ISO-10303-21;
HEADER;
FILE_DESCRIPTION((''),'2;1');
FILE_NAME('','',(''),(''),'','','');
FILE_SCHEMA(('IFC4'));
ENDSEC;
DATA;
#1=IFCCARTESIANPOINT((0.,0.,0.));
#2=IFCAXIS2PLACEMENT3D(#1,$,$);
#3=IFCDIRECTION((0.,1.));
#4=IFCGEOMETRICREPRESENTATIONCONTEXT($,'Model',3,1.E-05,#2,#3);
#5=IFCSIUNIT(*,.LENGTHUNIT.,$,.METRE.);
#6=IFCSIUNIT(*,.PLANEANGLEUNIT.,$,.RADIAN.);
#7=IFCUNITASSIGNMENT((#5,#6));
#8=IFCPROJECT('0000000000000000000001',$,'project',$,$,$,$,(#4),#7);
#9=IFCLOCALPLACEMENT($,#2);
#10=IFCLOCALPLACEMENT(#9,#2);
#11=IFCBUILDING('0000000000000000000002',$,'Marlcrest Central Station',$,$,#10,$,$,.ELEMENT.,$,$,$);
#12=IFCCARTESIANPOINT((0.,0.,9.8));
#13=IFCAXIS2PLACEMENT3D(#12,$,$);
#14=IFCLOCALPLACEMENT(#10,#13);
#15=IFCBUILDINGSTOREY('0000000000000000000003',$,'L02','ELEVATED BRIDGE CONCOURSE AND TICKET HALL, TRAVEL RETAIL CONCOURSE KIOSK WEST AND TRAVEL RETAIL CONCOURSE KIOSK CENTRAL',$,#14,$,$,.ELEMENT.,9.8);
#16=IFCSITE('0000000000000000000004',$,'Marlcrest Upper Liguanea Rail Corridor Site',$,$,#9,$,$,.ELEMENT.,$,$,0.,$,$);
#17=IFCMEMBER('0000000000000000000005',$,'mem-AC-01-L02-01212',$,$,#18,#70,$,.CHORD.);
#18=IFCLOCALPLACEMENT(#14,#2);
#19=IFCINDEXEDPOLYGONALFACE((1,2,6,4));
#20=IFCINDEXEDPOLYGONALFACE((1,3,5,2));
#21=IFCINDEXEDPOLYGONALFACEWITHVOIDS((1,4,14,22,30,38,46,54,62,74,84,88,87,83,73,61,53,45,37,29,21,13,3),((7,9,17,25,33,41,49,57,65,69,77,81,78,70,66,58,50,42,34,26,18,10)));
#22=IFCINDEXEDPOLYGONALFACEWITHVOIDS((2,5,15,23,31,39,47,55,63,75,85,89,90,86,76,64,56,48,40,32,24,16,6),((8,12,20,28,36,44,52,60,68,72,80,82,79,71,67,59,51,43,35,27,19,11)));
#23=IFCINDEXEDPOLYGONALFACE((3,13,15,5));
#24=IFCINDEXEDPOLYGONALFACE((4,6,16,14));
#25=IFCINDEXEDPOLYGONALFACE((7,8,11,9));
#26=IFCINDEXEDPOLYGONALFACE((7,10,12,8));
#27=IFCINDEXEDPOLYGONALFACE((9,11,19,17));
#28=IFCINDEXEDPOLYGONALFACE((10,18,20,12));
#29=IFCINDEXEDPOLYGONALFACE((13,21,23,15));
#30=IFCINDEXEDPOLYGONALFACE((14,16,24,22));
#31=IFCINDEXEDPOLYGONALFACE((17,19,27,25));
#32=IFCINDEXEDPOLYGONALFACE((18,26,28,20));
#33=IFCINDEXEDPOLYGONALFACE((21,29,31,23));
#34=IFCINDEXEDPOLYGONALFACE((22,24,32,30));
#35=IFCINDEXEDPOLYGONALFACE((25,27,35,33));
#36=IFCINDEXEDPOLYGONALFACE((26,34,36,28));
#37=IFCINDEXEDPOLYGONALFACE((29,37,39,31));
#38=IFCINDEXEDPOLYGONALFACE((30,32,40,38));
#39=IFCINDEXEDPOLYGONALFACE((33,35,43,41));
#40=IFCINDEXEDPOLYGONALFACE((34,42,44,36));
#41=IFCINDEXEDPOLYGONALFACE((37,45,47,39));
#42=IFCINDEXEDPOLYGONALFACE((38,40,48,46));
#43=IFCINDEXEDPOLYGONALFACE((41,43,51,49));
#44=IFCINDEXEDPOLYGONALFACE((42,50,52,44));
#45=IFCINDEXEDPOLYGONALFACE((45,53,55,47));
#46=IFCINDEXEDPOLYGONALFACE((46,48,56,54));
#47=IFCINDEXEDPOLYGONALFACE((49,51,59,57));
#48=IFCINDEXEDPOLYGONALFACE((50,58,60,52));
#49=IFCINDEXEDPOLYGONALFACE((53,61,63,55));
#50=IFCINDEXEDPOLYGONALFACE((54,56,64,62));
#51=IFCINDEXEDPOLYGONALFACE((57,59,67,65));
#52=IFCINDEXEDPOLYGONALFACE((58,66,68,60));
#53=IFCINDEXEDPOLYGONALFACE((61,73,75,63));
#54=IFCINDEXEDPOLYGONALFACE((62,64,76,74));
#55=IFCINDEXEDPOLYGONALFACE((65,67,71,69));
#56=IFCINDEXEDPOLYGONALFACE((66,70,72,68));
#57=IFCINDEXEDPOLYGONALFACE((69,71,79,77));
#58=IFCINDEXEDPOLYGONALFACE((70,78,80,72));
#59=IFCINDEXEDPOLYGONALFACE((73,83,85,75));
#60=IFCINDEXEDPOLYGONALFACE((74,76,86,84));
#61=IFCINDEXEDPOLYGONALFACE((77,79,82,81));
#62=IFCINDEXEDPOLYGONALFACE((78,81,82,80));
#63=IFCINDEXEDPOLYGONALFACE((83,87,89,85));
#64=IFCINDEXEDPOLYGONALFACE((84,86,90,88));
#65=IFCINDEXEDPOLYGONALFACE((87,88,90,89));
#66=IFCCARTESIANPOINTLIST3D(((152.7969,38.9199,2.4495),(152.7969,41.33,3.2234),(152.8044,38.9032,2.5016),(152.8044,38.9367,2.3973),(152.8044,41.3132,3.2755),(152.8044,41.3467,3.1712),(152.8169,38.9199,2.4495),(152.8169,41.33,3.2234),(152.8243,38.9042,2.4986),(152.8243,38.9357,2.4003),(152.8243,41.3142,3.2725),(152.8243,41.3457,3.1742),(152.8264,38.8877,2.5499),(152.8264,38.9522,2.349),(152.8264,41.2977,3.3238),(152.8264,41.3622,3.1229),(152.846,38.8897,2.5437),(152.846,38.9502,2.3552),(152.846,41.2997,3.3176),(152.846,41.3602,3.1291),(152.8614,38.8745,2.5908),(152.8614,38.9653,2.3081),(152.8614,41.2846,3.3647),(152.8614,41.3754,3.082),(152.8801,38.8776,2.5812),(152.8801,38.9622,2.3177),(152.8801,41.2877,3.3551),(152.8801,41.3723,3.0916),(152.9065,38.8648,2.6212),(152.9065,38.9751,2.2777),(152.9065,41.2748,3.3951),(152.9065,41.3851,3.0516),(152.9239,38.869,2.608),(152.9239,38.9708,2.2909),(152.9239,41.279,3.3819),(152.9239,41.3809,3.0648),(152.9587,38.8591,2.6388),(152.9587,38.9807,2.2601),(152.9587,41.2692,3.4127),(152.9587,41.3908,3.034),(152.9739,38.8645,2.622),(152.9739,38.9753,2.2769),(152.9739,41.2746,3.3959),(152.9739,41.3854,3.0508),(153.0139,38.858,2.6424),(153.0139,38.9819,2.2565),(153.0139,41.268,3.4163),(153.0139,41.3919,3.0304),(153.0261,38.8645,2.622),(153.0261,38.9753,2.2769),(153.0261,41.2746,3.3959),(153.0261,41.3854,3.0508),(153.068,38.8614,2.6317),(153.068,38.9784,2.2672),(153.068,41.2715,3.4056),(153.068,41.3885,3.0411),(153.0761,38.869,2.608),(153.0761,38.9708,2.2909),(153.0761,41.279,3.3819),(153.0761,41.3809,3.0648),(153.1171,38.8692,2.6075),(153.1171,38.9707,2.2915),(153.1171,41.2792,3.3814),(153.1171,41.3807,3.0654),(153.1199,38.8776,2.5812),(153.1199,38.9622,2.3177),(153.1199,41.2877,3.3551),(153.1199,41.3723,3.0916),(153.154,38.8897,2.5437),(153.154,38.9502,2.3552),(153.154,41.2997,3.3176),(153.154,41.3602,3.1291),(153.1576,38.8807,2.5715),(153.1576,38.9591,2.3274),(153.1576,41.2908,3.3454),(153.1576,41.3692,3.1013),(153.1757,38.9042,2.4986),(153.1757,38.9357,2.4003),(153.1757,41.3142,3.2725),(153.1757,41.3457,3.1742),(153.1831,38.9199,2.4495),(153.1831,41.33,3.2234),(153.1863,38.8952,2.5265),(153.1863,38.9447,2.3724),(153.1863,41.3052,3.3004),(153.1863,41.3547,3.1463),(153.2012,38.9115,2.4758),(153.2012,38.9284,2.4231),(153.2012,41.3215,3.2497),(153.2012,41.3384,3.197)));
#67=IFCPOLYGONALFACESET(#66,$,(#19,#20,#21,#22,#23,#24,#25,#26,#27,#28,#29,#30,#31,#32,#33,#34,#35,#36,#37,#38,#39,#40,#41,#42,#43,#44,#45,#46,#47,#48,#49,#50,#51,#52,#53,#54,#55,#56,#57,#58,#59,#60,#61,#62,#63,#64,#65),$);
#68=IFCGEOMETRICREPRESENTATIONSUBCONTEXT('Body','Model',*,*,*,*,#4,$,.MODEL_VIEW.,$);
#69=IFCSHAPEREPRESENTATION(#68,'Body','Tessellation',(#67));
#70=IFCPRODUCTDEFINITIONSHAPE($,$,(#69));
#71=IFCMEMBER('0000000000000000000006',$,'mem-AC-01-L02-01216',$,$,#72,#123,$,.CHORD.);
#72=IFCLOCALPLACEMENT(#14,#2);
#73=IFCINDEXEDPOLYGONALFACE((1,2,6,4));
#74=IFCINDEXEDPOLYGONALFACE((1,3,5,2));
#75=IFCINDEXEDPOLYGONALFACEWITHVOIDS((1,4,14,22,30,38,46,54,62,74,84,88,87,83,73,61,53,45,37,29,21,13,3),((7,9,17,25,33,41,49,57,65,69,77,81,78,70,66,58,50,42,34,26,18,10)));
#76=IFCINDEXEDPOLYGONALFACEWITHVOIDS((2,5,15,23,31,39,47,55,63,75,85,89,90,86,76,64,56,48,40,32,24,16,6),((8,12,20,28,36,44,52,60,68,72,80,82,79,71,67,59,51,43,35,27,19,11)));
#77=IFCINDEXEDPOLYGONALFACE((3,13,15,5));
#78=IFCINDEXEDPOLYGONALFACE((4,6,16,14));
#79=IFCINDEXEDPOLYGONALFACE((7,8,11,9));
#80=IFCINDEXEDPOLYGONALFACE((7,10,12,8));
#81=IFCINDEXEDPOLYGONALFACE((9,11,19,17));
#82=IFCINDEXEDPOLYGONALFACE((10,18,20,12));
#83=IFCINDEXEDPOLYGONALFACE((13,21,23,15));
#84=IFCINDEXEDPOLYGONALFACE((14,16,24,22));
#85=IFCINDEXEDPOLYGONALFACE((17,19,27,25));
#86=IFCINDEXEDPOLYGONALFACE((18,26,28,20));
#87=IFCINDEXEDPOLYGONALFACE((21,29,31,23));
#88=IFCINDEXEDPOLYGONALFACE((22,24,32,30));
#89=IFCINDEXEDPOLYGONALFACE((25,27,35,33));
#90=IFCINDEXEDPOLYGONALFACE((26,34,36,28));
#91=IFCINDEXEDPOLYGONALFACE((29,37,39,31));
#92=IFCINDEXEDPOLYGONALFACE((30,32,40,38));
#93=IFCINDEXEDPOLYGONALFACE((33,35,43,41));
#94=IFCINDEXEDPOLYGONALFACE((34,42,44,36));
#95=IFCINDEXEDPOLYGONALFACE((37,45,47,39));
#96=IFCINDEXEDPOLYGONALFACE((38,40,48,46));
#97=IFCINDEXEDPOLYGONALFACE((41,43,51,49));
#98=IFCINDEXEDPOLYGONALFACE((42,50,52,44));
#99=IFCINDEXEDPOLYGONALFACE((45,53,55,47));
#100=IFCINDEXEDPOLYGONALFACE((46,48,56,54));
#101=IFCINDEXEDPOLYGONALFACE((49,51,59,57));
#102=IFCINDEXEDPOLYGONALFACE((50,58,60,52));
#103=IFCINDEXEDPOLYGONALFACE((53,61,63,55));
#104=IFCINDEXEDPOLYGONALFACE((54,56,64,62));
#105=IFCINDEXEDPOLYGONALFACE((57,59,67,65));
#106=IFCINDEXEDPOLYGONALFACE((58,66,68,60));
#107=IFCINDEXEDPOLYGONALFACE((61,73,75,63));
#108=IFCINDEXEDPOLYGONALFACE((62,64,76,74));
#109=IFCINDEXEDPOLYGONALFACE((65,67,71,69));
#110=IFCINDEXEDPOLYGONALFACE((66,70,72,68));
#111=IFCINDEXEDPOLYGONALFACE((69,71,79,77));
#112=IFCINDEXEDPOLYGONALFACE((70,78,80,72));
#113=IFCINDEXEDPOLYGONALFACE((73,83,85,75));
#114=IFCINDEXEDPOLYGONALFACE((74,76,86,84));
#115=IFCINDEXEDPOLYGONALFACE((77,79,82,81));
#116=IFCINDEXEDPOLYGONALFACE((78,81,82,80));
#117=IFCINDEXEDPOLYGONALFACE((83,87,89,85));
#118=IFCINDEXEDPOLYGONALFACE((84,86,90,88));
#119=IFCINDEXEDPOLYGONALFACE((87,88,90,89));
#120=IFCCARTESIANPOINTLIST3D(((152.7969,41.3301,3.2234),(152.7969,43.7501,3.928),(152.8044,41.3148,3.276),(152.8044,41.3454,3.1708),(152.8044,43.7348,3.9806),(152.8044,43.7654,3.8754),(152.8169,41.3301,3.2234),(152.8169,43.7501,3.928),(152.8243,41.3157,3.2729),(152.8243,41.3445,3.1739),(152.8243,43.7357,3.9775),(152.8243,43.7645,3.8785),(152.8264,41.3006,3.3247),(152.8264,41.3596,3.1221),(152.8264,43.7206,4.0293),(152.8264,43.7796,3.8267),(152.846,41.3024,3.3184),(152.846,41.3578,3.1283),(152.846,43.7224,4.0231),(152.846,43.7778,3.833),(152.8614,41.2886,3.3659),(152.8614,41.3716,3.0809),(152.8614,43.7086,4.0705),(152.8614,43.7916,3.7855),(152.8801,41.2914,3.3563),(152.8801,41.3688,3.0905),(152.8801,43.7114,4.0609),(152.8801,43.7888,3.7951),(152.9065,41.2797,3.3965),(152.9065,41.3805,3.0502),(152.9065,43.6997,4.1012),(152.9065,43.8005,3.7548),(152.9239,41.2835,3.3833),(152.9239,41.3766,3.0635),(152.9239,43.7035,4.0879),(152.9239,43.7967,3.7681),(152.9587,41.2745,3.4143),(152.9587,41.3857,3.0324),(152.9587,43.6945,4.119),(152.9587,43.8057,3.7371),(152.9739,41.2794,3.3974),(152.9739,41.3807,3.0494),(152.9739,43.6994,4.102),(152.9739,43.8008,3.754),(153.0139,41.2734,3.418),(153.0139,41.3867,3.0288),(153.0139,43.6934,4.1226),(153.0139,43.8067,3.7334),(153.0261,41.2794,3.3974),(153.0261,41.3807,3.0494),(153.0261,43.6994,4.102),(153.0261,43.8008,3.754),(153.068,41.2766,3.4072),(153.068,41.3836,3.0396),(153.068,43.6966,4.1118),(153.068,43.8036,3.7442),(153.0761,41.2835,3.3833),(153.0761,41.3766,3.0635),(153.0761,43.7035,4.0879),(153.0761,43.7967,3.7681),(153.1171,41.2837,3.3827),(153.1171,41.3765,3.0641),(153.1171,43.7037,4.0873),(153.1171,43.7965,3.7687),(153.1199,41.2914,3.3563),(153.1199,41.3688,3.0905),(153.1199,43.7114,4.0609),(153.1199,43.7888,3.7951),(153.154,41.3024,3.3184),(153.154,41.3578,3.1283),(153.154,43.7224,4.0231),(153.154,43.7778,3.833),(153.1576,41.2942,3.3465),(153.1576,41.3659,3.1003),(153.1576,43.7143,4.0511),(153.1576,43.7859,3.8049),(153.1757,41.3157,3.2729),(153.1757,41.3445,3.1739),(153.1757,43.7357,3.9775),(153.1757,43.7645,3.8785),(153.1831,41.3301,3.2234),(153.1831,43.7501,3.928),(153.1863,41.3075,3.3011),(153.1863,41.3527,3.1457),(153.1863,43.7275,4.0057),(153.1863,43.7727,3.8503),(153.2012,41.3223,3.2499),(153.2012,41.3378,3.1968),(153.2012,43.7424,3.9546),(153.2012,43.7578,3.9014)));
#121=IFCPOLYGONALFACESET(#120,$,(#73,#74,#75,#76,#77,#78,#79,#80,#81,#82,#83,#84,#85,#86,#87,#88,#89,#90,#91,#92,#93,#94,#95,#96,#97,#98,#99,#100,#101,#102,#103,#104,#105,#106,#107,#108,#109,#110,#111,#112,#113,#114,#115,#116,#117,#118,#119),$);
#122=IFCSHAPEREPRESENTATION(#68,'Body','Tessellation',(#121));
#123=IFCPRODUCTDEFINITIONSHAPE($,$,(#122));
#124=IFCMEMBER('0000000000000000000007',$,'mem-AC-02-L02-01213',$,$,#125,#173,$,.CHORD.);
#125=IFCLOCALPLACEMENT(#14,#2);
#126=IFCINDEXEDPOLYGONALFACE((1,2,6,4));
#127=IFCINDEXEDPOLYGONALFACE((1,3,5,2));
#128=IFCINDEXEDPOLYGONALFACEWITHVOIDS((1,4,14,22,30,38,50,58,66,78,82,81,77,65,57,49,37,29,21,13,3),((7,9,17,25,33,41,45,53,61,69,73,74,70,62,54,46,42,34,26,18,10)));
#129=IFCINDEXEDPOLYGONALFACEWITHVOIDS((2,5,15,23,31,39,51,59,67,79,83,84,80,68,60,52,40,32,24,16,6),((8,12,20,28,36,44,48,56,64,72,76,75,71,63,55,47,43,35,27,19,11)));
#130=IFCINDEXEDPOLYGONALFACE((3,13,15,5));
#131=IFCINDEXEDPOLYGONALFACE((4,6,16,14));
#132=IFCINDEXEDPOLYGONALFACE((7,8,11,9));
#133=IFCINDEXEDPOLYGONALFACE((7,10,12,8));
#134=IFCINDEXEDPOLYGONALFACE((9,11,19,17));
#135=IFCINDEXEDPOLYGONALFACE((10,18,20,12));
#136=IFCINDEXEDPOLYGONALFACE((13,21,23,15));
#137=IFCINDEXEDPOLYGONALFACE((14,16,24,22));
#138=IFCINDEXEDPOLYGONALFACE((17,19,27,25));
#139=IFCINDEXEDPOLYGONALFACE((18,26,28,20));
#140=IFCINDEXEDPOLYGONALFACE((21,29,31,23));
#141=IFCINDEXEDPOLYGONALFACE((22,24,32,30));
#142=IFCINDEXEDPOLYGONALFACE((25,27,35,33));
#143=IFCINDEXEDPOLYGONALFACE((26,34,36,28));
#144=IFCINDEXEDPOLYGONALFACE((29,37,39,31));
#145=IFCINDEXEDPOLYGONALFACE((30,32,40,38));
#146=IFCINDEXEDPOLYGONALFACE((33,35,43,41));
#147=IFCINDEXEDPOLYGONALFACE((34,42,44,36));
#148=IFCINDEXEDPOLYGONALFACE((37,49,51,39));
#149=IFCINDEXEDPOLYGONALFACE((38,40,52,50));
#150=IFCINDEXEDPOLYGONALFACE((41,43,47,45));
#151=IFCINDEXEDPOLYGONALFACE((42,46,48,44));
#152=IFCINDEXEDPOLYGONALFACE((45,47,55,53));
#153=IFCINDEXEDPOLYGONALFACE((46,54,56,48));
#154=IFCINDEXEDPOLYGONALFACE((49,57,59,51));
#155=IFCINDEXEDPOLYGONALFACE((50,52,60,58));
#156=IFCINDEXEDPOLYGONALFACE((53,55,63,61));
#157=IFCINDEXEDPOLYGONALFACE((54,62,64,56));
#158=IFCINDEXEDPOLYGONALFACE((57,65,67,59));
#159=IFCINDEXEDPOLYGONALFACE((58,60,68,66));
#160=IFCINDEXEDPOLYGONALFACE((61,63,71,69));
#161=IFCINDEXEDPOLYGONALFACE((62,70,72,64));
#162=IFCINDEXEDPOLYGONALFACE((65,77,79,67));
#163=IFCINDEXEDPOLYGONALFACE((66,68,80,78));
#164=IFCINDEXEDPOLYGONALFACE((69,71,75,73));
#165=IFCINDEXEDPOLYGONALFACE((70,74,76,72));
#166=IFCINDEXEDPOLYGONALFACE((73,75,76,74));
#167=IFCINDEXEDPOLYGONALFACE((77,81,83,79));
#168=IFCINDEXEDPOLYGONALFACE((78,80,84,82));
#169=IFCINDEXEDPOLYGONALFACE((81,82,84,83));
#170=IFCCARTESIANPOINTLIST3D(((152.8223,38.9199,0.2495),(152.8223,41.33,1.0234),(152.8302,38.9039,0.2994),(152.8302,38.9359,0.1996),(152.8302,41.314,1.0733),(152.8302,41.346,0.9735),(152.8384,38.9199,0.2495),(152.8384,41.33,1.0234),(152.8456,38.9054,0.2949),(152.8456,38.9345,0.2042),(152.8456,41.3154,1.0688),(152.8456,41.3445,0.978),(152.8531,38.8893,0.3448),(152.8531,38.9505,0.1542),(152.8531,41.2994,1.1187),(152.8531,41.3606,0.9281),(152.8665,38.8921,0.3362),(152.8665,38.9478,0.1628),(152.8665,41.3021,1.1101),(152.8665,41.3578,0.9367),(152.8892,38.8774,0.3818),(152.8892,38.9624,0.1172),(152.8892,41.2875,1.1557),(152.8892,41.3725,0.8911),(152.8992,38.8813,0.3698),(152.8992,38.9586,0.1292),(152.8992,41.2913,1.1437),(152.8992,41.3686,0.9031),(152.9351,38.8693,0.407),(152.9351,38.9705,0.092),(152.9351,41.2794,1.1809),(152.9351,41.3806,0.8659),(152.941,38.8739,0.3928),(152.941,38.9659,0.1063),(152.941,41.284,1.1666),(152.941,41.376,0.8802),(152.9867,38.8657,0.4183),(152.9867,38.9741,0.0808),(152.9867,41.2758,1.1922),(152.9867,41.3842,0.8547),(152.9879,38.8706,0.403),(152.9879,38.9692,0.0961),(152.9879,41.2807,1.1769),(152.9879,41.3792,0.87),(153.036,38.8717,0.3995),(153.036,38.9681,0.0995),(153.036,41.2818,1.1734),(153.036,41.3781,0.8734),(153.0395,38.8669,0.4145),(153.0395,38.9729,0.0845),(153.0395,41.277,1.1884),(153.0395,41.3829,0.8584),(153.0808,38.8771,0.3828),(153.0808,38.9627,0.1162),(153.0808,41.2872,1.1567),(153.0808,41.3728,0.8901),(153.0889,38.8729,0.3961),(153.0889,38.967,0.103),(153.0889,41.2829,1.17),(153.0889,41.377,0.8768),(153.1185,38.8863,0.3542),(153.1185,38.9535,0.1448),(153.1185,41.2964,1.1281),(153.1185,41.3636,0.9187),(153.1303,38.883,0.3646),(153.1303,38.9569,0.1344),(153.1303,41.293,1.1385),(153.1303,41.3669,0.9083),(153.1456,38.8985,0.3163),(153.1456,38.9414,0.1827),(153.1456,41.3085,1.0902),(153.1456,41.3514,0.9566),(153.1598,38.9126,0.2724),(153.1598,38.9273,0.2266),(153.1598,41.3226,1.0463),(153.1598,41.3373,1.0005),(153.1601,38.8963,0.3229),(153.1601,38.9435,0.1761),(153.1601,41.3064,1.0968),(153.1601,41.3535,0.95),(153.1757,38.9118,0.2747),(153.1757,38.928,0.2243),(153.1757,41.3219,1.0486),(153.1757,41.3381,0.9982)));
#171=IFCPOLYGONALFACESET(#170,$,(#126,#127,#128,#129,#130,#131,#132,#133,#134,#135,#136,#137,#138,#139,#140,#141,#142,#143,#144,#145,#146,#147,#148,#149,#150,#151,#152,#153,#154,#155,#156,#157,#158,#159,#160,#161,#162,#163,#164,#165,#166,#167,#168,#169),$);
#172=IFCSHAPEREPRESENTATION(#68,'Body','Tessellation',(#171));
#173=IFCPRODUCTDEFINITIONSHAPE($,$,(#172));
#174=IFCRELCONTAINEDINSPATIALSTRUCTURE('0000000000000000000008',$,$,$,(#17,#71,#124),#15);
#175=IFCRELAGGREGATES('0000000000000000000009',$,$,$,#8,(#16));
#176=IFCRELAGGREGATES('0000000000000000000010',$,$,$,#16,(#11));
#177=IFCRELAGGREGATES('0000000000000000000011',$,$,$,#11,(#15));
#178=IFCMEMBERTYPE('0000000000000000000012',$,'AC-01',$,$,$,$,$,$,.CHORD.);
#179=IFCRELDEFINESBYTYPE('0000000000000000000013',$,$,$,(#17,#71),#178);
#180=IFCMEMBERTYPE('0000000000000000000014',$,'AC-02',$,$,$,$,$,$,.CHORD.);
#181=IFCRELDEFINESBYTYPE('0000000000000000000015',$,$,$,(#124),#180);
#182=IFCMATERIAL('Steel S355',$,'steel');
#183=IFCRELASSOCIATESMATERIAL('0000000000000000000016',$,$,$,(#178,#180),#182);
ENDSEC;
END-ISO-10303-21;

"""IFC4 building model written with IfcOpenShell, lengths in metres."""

from ifc_helpers import new_model, si_unit, direction, frame, origin, origin_2d, place, context, subcontext, project, spatial, hollow_circle, extrude, material, material_profile, profile_set, type_object, element, save


model = new_model("IFC4")

# Units and contexts
model_context = context("Model", 3, precision=1e-05, world=origin(), true_north=direction((0.0, 1.0)))
body_context = subcontext(model_context, "Body", "Model", "MODEL_VIEW")
ifc_project = project(units=[si_unit("LENGTHUNIT", "METRE"), si_unit("PLANEANGLEUNIT", "RADIAN")], contexts=[model_context])

# Site, building, storey
site_placement = place(None, origin())
site = spatial("IfcSite", under=ifc_project, at=site_placement, Name="Marlcrest Upper Liguanea Rail Corridor Site", CompositionType="ELEMENT", RefElevation=0.0)
building_placement = place(site_placement, origin())
building = spatial("IfcBuilding", under=site, at=building_placement, Name="Marlcrest Central Station", CompositionType="ELEMENT")
storey_placement = place(building_placement, frame((0.0, 0.0, 9.8)))
storey = spatial("IfcBuildingStorey", under=building, at=storey_placement, Name="L02", Description="ELEVATED BRIDGE CONCOURSE AND TICKET HALL, TRAVEL RETAIL CONCOURSE KIOSK WEST AND TRAVEL RETAIL CONCOURSE KIOSK CENTRAL", CompositionType="ELEMENT", Elevation=9.8)

# Members
ifc_material_1 = material(Name="Steel S355", Category="steel")
ifc_material_profile_1 = material_profile(ifc_material_1, hollow_circle(Radius=0.2031, WallThickness=0.02, at=origin_2d()), Name="CHS 406.4x20")
ifc_profile_set_1 = profile_set([ifc_material_profile_1], Name="Steel S355")
member_type_1 = type_object("IfcMemberType", Name="AC-01", PredefinedType="CHORD", material=ifc_profile_set_1)
member_1_placement = place(storey_placement, frame((153.0, 38.9199, 2.4495), z_axis=(0.0, 0.952117, 0.305734), x_axis=(-1.0, 0.0, 0.0)))
element("IfcMember", 1, at=member_1_placement, inside=storey, type_object=member_type_1, Name="mem-AC-01-L02-01212", PredefinedType="CHORD", context=body_context, shape_type="SweptSolid", body=[
    extrude(hollow_circle(Radius=0.2031, WallThickness=0.02, at=origin_2d()), origin(), (0.0, 0.0, 1.0), 2.5312),
])
member_2_placement = place(storey_placement, frame((153.0, 41.3301, 3.2234), z_axis=(0.0, 0.96013, 0.279554), x_axis=(-1.0, 0.0, 0.0)))
element("IfcMember", 2, at=member_2_placement, inside=storey, type_object=member_type_1, Name="mem-AC-01-L02-01216", PredefinedType="CHORD", context=body_context, shape_type="SweptSolid", body=[
    extrude(hollow_circle(Radius=0.2031, WallThickness=0.02, at=origin_2d()), origin(), (0.0, 0.0, 1.0), 2.5205),
])
ifc_material_profile_2 = material_profile(ifc_material_1, hollow_circle(Radius=0.1777, WallThickness=0.0161, at=origin_2d()), Name="CHS 355.6x16")
ifc_profile_set_2 = profile_set([ifc_material_profile_2], Name="Steel S355")
member_type_2 = type_object("IfcMemberType", Name="AC-02", PredefinedType="CHORD", material=ifc_profile_set_2)
member_3_placement = place(storey_placement, frame((153.0, 38.9199, 0.2495), z_axis=(0.0, 0.952117, 0.305734), x_axis=(-1.0, 0.0, 0.0)))
element("IfcMember", 3, at=member_3_placement, inside=storey, type_object=member_type_2, Name="mem-AC-02-L02-01213", PredefinedType="CHORD", context=body_context, shape_type="SweptSolid", body=[
    extrude(hollow_circle(Radius=0.1777, WallThickness=0.0161, at=origin_2d()), origin(), (0.0, 0.0, 1.0), 2.5312),
])

save(model, "model.ifc")
